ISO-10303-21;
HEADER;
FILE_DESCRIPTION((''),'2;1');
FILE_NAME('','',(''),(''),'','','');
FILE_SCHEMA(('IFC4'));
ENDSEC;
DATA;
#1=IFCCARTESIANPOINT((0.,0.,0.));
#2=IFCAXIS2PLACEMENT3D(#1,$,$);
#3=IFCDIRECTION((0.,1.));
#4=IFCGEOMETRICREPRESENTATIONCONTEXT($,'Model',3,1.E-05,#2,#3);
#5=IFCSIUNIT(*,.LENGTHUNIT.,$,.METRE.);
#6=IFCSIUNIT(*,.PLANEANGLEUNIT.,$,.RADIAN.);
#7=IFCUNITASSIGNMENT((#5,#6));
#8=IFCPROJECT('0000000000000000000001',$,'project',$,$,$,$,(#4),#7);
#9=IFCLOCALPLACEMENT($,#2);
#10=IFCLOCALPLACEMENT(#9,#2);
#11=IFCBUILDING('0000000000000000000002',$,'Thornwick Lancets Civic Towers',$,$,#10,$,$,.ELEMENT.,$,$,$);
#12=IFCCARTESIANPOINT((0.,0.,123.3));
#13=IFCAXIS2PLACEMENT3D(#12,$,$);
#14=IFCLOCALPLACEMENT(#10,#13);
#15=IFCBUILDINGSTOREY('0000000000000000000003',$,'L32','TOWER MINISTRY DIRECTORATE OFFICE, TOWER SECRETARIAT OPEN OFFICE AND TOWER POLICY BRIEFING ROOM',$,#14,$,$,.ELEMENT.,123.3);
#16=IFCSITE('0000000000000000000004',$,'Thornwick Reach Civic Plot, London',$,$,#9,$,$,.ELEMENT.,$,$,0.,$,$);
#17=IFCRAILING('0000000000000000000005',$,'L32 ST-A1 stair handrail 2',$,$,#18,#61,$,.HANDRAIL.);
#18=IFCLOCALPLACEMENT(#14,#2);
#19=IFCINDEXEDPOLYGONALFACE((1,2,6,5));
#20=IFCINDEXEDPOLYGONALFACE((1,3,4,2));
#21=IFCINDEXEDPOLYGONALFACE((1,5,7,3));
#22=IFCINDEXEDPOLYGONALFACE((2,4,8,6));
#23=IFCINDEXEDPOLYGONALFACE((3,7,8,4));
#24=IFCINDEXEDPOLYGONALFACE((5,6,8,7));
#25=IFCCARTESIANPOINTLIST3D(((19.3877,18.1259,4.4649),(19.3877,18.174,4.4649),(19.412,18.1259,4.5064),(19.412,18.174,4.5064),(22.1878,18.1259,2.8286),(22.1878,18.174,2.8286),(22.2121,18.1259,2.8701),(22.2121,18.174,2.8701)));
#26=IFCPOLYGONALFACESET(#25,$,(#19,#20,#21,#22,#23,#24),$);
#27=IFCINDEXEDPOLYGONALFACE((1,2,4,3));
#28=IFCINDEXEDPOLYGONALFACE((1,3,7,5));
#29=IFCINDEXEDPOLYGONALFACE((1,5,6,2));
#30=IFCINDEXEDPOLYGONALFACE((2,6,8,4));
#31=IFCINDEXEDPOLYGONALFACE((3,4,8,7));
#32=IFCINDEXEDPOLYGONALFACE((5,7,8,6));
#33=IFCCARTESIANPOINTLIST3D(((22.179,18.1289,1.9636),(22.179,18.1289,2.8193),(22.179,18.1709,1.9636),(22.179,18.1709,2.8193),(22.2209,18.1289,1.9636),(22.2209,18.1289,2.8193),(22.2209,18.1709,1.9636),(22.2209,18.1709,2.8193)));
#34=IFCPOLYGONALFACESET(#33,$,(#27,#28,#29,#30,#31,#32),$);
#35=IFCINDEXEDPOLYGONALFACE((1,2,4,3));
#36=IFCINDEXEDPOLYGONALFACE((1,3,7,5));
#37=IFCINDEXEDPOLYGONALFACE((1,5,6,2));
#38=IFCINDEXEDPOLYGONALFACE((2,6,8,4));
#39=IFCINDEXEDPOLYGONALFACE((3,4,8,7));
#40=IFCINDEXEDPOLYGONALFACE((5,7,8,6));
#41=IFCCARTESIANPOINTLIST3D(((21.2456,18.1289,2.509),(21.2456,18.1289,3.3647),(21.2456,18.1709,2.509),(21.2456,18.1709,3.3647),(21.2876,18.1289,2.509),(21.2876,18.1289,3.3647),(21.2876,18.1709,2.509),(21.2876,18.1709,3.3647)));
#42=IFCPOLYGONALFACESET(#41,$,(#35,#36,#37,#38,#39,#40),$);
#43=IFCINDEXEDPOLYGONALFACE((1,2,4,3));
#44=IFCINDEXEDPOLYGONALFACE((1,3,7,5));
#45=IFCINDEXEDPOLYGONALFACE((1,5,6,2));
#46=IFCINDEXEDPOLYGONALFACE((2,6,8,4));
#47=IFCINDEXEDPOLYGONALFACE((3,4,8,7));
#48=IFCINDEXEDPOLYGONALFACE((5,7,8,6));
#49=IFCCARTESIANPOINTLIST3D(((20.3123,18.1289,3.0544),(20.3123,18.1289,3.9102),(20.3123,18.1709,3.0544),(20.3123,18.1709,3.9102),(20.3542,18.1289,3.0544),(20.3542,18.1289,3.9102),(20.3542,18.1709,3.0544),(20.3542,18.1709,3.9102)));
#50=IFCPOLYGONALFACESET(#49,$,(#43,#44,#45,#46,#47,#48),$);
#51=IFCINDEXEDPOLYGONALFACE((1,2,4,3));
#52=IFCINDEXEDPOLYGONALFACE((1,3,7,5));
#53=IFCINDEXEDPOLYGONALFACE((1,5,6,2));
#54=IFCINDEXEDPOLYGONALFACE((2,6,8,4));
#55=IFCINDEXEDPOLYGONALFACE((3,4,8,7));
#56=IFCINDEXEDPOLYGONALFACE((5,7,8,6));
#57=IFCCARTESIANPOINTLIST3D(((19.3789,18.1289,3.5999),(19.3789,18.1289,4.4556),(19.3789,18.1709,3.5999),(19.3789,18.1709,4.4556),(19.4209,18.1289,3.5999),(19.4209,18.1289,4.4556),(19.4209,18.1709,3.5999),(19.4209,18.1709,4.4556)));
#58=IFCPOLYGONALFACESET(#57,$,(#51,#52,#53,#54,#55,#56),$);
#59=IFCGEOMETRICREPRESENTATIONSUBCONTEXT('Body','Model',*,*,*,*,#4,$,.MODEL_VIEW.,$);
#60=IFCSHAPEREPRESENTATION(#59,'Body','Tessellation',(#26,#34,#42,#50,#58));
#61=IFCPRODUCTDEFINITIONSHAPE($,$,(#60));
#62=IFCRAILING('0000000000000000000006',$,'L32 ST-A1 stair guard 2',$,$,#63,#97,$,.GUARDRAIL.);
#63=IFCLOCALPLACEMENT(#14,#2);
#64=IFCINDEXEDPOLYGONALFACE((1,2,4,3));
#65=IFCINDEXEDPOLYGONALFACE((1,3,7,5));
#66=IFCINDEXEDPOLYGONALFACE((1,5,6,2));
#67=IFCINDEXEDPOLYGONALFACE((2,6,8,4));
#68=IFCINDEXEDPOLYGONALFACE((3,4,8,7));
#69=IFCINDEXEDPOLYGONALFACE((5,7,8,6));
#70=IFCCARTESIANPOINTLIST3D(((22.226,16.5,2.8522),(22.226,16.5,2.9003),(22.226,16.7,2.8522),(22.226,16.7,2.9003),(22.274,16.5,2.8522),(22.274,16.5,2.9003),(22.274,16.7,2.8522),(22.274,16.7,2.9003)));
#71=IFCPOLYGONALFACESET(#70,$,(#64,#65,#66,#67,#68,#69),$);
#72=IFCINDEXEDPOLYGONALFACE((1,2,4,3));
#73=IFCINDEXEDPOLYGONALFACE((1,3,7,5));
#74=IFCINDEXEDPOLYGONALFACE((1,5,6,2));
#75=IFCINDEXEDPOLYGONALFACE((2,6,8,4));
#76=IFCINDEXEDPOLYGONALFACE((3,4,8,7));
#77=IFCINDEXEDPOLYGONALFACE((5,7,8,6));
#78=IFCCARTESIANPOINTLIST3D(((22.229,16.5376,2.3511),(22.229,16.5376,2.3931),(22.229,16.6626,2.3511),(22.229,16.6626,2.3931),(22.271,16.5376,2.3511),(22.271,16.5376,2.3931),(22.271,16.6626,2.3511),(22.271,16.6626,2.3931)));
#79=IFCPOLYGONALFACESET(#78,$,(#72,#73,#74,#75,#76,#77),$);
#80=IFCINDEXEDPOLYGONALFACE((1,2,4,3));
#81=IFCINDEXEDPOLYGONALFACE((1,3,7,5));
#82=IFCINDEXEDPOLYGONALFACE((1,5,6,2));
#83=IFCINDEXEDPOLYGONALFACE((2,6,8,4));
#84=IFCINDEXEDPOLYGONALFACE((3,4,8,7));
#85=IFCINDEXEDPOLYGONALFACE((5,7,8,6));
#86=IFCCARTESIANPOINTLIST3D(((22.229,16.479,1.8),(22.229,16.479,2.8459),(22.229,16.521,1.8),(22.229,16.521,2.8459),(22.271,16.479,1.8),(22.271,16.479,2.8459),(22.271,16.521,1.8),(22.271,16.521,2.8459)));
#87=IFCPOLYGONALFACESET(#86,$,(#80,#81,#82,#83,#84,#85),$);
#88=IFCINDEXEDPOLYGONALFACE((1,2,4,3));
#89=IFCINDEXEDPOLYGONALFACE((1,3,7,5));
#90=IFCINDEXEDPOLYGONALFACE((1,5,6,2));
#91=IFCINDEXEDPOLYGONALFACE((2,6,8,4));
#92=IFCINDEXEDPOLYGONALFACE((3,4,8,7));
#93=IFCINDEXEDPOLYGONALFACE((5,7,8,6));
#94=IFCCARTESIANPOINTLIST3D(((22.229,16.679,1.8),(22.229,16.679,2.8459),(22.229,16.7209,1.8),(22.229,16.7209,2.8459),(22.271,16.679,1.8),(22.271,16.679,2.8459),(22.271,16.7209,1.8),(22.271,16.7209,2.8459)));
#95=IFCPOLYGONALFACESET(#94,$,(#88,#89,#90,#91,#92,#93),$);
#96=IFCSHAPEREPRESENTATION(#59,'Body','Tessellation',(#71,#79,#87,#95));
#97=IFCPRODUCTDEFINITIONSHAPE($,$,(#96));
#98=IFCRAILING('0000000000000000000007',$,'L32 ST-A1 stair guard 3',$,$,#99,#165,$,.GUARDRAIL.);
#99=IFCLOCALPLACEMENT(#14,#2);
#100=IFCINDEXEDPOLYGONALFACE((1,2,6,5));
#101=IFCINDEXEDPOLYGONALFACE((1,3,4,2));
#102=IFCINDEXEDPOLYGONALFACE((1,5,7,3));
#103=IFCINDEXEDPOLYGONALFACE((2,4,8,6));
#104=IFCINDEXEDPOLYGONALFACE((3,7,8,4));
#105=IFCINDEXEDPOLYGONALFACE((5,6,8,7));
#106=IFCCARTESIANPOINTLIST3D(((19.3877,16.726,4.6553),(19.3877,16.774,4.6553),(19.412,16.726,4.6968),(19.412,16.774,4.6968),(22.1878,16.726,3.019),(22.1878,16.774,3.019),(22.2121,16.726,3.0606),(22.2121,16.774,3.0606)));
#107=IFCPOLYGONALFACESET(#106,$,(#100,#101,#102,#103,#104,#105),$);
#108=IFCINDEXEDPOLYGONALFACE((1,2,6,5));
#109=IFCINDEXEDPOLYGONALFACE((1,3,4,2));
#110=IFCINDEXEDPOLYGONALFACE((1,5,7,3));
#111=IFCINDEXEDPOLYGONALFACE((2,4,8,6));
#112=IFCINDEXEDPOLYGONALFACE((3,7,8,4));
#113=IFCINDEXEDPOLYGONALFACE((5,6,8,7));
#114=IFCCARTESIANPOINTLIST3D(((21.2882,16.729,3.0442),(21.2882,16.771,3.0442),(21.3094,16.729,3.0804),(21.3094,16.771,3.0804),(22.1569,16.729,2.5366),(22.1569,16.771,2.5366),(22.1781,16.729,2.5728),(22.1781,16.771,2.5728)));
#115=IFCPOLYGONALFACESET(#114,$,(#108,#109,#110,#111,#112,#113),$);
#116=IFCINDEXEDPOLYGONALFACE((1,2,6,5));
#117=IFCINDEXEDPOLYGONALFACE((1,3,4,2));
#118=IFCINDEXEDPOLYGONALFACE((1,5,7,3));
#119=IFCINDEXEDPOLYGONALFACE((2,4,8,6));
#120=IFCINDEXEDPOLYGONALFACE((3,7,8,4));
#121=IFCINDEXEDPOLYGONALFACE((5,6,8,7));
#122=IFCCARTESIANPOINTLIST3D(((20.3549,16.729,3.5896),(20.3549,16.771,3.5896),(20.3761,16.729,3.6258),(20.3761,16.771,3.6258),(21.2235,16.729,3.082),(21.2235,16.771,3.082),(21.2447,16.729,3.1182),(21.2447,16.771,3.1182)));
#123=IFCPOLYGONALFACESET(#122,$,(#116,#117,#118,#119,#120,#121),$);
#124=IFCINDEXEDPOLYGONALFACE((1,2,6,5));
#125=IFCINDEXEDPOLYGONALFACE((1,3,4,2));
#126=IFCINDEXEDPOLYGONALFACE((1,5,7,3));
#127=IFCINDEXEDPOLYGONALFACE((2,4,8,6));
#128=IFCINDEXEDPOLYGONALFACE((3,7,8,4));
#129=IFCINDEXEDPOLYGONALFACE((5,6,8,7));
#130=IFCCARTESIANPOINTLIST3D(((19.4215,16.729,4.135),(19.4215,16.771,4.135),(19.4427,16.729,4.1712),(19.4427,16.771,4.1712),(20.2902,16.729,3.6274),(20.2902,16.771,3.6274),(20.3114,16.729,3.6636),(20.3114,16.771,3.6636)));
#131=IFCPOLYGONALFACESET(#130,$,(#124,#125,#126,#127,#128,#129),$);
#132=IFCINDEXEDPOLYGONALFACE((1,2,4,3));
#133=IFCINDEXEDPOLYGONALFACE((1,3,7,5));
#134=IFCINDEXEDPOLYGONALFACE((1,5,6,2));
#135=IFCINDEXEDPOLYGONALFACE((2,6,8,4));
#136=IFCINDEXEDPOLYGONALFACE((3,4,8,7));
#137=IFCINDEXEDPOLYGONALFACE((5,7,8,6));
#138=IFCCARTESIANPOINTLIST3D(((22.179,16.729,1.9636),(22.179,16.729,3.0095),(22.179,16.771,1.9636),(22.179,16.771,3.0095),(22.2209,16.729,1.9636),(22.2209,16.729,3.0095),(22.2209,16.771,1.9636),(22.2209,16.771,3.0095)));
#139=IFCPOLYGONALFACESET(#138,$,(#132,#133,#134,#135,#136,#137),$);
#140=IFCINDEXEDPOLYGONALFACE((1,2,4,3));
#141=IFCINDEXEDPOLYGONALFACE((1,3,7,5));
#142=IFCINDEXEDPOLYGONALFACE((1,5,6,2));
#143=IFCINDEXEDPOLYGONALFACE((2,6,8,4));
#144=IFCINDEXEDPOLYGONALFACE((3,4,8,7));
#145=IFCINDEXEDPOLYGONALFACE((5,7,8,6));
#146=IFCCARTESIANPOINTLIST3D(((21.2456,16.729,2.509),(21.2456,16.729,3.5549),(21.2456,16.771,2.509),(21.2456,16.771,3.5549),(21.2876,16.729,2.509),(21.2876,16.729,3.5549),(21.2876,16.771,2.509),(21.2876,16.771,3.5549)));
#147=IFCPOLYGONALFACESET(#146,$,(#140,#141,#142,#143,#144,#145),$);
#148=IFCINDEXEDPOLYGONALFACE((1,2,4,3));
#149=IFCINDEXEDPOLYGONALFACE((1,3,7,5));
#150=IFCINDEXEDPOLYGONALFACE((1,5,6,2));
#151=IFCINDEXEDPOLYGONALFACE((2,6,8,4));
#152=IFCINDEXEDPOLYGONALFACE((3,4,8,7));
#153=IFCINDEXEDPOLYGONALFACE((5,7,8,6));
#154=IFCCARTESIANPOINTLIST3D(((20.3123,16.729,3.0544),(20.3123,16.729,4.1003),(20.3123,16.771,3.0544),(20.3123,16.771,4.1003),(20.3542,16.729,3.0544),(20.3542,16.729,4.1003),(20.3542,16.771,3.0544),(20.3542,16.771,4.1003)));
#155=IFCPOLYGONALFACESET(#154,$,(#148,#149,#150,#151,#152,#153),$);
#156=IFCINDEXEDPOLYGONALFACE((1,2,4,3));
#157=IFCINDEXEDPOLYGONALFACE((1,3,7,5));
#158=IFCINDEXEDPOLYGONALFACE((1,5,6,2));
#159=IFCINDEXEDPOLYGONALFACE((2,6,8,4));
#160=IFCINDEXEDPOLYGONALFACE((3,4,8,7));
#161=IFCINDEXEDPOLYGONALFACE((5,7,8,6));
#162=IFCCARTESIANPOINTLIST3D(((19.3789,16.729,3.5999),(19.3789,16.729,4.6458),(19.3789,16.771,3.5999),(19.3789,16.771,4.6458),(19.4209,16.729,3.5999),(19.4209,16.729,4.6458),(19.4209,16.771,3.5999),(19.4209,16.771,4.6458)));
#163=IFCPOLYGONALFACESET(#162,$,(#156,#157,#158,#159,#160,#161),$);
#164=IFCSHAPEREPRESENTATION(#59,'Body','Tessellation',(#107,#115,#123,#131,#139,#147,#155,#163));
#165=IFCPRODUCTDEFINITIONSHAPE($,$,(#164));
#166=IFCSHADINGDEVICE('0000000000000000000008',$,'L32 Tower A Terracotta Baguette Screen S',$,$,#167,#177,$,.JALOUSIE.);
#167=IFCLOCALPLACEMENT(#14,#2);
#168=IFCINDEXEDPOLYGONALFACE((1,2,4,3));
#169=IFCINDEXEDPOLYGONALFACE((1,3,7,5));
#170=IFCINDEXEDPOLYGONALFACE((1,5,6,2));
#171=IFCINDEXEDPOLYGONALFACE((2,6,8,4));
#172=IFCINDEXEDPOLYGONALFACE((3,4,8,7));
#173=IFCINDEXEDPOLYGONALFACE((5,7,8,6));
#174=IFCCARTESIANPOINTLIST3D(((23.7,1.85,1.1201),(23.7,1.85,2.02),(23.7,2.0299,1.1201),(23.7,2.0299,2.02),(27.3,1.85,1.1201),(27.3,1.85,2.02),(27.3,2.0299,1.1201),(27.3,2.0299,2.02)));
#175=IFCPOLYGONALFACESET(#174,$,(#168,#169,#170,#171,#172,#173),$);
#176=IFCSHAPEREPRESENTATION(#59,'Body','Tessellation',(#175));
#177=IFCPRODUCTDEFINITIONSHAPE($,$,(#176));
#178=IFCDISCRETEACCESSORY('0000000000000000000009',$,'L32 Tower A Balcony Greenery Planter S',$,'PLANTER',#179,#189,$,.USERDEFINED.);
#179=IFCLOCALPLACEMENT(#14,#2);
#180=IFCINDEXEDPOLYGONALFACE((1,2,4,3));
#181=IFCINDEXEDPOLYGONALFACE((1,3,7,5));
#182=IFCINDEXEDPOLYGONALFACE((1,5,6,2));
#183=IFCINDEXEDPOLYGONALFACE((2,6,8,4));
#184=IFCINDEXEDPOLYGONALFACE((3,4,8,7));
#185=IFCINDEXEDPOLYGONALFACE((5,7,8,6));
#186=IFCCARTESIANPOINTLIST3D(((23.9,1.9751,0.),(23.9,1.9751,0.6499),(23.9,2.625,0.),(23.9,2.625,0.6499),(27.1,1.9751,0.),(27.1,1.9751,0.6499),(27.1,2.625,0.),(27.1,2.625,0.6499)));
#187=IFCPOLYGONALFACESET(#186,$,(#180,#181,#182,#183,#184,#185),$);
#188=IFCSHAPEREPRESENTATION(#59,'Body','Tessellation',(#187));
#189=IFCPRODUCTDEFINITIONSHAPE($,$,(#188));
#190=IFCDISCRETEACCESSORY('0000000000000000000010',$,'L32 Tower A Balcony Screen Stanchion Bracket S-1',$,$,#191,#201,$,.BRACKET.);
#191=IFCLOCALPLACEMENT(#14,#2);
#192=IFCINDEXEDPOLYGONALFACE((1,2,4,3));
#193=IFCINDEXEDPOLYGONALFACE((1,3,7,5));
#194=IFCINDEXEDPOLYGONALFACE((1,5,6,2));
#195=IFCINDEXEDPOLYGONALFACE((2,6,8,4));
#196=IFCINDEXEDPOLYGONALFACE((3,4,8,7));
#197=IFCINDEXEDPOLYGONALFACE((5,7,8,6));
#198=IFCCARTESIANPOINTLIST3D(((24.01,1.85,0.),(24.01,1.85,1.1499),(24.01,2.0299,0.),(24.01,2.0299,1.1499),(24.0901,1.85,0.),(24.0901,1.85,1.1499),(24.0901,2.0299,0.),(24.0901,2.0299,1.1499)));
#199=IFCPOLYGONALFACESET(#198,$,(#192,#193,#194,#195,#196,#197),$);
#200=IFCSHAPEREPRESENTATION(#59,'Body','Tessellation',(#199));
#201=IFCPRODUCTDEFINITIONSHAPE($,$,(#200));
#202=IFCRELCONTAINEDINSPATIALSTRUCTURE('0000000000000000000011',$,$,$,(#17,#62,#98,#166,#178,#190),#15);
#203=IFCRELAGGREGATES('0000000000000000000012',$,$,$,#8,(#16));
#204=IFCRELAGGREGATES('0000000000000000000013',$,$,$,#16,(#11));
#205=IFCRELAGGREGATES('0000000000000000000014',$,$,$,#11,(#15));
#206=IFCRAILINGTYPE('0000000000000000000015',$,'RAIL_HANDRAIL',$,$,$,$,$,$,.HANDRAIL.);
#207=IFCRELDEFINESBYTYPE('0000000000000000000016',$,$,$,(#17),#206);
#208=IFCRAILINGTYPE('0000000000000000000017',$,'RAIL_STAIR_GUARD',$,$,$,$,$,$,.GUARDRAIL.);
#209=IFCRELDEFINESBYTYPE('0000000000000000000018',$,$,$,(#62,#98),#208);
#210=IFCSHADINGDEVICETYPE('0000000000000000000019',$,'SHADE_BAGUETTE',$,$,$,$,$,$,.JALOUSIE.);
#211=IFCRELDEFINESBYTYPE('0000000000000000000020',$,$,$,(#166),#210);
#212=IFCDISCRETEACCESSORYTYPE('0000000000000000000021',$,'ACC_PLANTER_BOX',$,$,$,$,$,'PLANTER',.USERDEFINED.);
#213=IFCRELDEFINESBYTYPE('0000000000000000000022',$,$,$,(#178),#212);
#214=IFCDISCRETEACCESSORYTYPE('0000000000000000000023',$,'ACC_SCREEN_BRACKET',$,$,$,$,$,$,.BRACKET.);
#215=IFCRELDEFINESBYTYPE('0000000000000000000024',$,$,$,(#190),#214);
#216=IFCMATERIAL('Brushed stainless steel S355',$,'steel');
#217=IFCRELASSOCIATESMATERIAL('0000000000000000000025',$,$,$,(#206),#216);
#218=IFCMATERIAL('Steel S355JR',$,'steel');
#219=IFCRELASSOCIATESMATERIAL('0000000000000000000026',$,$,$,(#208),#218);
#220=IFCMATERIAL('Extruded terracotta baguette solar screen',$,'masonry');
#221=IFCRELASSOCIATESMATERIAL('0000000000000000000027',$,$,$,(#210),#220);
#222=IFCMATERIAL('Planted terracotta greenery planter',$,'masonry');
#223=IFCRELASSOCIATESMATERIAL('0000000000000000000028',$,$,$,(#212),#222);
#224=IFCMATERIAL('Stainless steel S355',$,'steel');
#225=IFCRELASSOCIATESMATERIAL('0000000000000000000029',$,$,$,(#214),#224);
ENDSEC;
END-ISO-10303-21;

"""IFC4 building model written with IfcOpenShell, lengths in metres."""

from ifc_helpers import new_model, si_unit, direction, frame, origin, origin_2d, place, context, subcontext, project, spatial, rectangle, extrude, material, type_object, element, save


model = new_model("IFC4")

# Units and contexts
model_context = context("Model", 3, precision=1e-05, world=origin(), true_north=direction((0.0, 1.0)))
body_context = subcontext(model_context, "Body", "Model", "MODEL_VIEW")
ifc_project = project(units=[si_unit("LENGTHUNIT", "METRE"), si_unit("PLANEANGLEUNIT", "RADIAN")], contexts=[model_context])

# Site, building, storey
site_placement = place(None, origin())
site = spatial("IfcSite", under=ifc_project, at=site_placement, Name="Thornwick Reach Civic Plot, London", CompositionType="ELEMENT", RefElevation=0.0)
building_placement = place(site_placement, origin())
building = spatial("IfcBuilding", under=site, at=building_placement, Name="Thornwick Lancets Civic Towers", CompositionType="ELEMENT")
storey_placement = place(building_placement, frame((0.0, 0.0, 123.3)))
storey = spatial("IfcBuildingStorey", under=building, at=storey_placement, Name="L32", Description="TOWER MINISTRY DIRECTORATE OFFICE, TOWER SECRETARIAT OPEN OFFICE AND TOWER POLICY BRIEFING ROOM", CompositionType="ELEMENT", Elevation=123.3)

# Shared definitions
ifc_material_1 = material(Name="Steel S355JR", Category="steel")

# Railings
ifc_material_2 = material(Name="Brushed stainless steel S355", Category="steel")
railing_type_1 = type_object("IfcRailingType", Name="RAIL_HANDRAIL", PredefinedType="HANDRAIL", material=ifc_material_2)
railing_1_placement = place(storey_placement, frame((22.2, 18.1499, 1.9636)))
element("IfcRailing", 1, at=railing_1_placement, inside=storey, type_object=railing_type_1, Name="L32 ST-A1 stair handrail 2", PredefinedType="HANDRAIL", context=body_context, shape_type="SweptSolid", body=[
    extrude(rectangle(XDim=0.0481, YDim=0.0481, at=origin_2d()), frame((0.0, 0.0, 0.8857), z_axis=(-0.863394, 0.0, 0.504531), x_axis=(0.0, -1.0, 0.0)), (0.0, 0.0, 1.0), 3.2432),
    extrude(rectangle(XDim=0.042, YDim=0.042, at=origin_2d()), origin(), (0.0, 0.0, 1.0), 0.8557),
    extrude(rectangle(XDim=0.042, YDim=0.042, at=origin_2d()), frame((-0.9333, 0.0, 0.5454)), (0.0, 0.0, 1.0), 0.8557),
    extrude(rectangle(XDim=0.042, YDim=0.042, at=origin_2d()), frame((-1.8667, 0.0, 1.0908)), (0.0, 0.0, 1.0), 0.8557),
    extrude(rectangle(XDim=0.042, YDim=0.042, at=origin_2d()), frame((-2.8, 0.0, 1.6362)), (0.0, 0.0, 1.0), 0.8557),
])
railing_type_2 = type_object("IfcRailingType", Name="RAIL_STAIR_GUARD", PredefinedType="GUARDRAIL", material=ifc_material_1)
railing_2_placement = place(storey_placement, frame((22.25, 16.5, 1.8)))
element("IfcRailing", 2, at=railing_2_placement, inside=storey, type_object=railing_type_2, Name="L32 ST-A1 stair guard 2", PredefinedType="GUARDRAIL", context=body_context, shape_type="SweptSolid", body=[
    extrude(rectangle(XDim=0.0481, YDim=0.0481, at=origin_2d()), frame((0.0, 0.0, 1.0762), z_axis=(0.0, 1.0, 0.0), x_axis=(-1.0, 0.0, 0.0)), (0.0, 0.0, 1.0), 0.2),
    extrude(rectangle(XDim=0.042, YDim=0.042, at=origin_2d()), frame((0.0, 0.0376, 0.572), z_axis=(0.0, 1.0, 0.0), x_axis=(-1.0, 0.0, 0.0)), (0.0, 0.0, 1.0), 0.125),
    extrude(rectangle(XDim=0.042, YDim=0.042, at=origin_2d()), origin(), (0.0, 0.0, 1.0), 1.0459),
    extrude(rectangle(XDim=0.042, YDim=0.042, at=origin_2d()), frame((0.0, 0.2, 0.0)), (0.0, 0.0, 1.0), 1.0459),
])
railing_3_placement = place(storey_placement, frame((22.2, 16.75, 1.9636)))
element("IfcRailing", 3, at=railing_3_placement, inside=storey, type_object=railing_type_2, Name="L32 ST-A1 stair guard 3", PredefinedType="GUARDRAIL", context=body_context, shape_type="SweptSolid", body=[
    extrude(rectangle(XDim=0.0481, YDim=0.0481, at=origin_2d()), frame((0.0, 0.0, 1.0762), z_axis=(-0.863394, 0.0, 0.504531), x_axis=(0.0, -1.0, 0.0)), (0.0, 0.0, 1.0), 3.2432),
    extrude(rectangle(XDim=0.042, YDim=0.042, at=origin_2d()), frame((-0.0325, 0.0, 0.5911), z_axis=(-0.863394, 0.0, 0.504531), x_axis=(0.0, -1.0, 0.0)), (0.0, 0.0, 1.0), 1.0061),
    extrude(rectangle(XDim=0.042, YDim=0.042, at=origin_2d()), frame((-0.9658, 0.0, 1.1365), z_axis=(-0.863394, 0.0, 0.504531), x_axis=(0.0, -1.0, 0.0)), (0.0, 0.0, 1.0), 1.0061),
    extrude(rectangle(XDim=0.042, YDim=0.042, at=origin_2d()), frame((-1.8992, 0.0, 1.6819), z_axis=(-0.863394, 0.0, 0.504531), x_axis=(0.0, -1.0, 0.0)), (0.0, 0.0, 1.0), 1.0061),
    extrude(rectangle(XDim=0.042, YDim=0.042, at=origin_2d()), origin(), (0.0, 0.0, 1.0), 1.0459),
    extrude(rectangle(XDim=0.042, YDim=0.042, at=origin_2d()), frame((-0.9333, 0.0, 0.5454)), (0.0, 0.0, 1.0), 1.0459),
    extrude(rectangle(XDim=0.042, YDim=0.042, at=origin_2d()), frame((-1.8667, 0.0, 1.0908)), (0.0, 0.0, 1.0), 1.0459),
    extrude(rectangle(XDim=0.042, YDim=0.042, at=origin_2d()), frame((-2.8, 0.0, 1.6362)), (0.0, 0.0, 1.0), 1.0459),
])

# Shading device
ifc_material_3 = material(Name="Extruded terracotta baguette solar screen", Category="masonry")
shading_device_type = type_object("IfcShadingDeviceType", Name="SHADE_BAGUETTE", PredefinedType="JALOUSIE", material=ifc_material_3)
shading_device_placement = place(storey_placement, frame((25.5, 1.9399, 1.1201), z_axis=(0.0, 0.0, 1.0), x_axis=(1.0, 0.0, 0.0)))
element("IfcShadingDevice", 4, at=shading_device_placement, inside=storey, type_object=shading_device_type, Name="L32 Tower A Terracotta Baguette Screen S", PredefinedType="JALOUSIE", context=body_context, shape_type="SweptSolid", body=[
    extrude(rectangle(XDim=3.6001, YDim=0.1799, at=origin_2d()), origin(), (0.0, 0.0, 1.0), 0.8999),
])

# Discrete accessories
ifc_material_4 = material(Name="Planted terracotta greenery planter", Category="masonry")
discrete_accessory_type_1 = type_object("IfcDiscreteAccessoryType", Name="ACC_PLANTER_BOX", ElementType="PLANTER", PredefinedType="USERDEFINED", material=ifc_material_4)
discrete_accessory_1_placement = place(storey_placement, frame((25.5, 2.3, 0.0), z_axis=(0.0, 0.0, 1.0), x_axis=(1.0, 0.0, 0.0)))
element("IfcDiscreteAccessory", 5, at=discrete_accessory_1_placement, inside=storey, type_object=discrete_accessory_type_1, Name="L32 Tower A Balcony Greenery Planter S", ObjectType="PLANTER", PredefinedType="USERDEFINED", context=body_context, shape_type="SweptSolid", body=[
    extrude(rectangle(XDim=3.2, YDim=0.6499, at=origin_2d()), origin(), (0.0, 0.0, 1.0), 0.6499),
])
ifc_material_5 = material(Name="Stainless steel S355", Category="steel")
discrete_accessory_type_2 = type_object("IfcDiscreteAccessoryType", Name="ACC_SCREEN_BRACKET", PredefinedType="BRACKET", material=ifc_material_5)
discrete_accessory_2_placement = place(storey_placement, frame((24.05, 1.9399, 0.0), z_axis=(0.0, 0.0, 1.0), x_axis=(1.0, 0.0, 0.0)))
element("IfcDiscreteAccessory", 6, at=discrete_accessory_2_placement, inside=storey, type_object=discrete_accessory_type_2, Name="L32 Tower A Balcony Screen Stanchion Bracket S-1", PredefinedType="BRACKET", context=body_context, shape_type="SweptSolid", body=[
    extrude(rectangle(XDim=0.0801, YDim=0.1799, at=origin_2d()), origin(), (0.0, 0.0, 1.0), 1.1499),
])

save(model, "model.ifc")
